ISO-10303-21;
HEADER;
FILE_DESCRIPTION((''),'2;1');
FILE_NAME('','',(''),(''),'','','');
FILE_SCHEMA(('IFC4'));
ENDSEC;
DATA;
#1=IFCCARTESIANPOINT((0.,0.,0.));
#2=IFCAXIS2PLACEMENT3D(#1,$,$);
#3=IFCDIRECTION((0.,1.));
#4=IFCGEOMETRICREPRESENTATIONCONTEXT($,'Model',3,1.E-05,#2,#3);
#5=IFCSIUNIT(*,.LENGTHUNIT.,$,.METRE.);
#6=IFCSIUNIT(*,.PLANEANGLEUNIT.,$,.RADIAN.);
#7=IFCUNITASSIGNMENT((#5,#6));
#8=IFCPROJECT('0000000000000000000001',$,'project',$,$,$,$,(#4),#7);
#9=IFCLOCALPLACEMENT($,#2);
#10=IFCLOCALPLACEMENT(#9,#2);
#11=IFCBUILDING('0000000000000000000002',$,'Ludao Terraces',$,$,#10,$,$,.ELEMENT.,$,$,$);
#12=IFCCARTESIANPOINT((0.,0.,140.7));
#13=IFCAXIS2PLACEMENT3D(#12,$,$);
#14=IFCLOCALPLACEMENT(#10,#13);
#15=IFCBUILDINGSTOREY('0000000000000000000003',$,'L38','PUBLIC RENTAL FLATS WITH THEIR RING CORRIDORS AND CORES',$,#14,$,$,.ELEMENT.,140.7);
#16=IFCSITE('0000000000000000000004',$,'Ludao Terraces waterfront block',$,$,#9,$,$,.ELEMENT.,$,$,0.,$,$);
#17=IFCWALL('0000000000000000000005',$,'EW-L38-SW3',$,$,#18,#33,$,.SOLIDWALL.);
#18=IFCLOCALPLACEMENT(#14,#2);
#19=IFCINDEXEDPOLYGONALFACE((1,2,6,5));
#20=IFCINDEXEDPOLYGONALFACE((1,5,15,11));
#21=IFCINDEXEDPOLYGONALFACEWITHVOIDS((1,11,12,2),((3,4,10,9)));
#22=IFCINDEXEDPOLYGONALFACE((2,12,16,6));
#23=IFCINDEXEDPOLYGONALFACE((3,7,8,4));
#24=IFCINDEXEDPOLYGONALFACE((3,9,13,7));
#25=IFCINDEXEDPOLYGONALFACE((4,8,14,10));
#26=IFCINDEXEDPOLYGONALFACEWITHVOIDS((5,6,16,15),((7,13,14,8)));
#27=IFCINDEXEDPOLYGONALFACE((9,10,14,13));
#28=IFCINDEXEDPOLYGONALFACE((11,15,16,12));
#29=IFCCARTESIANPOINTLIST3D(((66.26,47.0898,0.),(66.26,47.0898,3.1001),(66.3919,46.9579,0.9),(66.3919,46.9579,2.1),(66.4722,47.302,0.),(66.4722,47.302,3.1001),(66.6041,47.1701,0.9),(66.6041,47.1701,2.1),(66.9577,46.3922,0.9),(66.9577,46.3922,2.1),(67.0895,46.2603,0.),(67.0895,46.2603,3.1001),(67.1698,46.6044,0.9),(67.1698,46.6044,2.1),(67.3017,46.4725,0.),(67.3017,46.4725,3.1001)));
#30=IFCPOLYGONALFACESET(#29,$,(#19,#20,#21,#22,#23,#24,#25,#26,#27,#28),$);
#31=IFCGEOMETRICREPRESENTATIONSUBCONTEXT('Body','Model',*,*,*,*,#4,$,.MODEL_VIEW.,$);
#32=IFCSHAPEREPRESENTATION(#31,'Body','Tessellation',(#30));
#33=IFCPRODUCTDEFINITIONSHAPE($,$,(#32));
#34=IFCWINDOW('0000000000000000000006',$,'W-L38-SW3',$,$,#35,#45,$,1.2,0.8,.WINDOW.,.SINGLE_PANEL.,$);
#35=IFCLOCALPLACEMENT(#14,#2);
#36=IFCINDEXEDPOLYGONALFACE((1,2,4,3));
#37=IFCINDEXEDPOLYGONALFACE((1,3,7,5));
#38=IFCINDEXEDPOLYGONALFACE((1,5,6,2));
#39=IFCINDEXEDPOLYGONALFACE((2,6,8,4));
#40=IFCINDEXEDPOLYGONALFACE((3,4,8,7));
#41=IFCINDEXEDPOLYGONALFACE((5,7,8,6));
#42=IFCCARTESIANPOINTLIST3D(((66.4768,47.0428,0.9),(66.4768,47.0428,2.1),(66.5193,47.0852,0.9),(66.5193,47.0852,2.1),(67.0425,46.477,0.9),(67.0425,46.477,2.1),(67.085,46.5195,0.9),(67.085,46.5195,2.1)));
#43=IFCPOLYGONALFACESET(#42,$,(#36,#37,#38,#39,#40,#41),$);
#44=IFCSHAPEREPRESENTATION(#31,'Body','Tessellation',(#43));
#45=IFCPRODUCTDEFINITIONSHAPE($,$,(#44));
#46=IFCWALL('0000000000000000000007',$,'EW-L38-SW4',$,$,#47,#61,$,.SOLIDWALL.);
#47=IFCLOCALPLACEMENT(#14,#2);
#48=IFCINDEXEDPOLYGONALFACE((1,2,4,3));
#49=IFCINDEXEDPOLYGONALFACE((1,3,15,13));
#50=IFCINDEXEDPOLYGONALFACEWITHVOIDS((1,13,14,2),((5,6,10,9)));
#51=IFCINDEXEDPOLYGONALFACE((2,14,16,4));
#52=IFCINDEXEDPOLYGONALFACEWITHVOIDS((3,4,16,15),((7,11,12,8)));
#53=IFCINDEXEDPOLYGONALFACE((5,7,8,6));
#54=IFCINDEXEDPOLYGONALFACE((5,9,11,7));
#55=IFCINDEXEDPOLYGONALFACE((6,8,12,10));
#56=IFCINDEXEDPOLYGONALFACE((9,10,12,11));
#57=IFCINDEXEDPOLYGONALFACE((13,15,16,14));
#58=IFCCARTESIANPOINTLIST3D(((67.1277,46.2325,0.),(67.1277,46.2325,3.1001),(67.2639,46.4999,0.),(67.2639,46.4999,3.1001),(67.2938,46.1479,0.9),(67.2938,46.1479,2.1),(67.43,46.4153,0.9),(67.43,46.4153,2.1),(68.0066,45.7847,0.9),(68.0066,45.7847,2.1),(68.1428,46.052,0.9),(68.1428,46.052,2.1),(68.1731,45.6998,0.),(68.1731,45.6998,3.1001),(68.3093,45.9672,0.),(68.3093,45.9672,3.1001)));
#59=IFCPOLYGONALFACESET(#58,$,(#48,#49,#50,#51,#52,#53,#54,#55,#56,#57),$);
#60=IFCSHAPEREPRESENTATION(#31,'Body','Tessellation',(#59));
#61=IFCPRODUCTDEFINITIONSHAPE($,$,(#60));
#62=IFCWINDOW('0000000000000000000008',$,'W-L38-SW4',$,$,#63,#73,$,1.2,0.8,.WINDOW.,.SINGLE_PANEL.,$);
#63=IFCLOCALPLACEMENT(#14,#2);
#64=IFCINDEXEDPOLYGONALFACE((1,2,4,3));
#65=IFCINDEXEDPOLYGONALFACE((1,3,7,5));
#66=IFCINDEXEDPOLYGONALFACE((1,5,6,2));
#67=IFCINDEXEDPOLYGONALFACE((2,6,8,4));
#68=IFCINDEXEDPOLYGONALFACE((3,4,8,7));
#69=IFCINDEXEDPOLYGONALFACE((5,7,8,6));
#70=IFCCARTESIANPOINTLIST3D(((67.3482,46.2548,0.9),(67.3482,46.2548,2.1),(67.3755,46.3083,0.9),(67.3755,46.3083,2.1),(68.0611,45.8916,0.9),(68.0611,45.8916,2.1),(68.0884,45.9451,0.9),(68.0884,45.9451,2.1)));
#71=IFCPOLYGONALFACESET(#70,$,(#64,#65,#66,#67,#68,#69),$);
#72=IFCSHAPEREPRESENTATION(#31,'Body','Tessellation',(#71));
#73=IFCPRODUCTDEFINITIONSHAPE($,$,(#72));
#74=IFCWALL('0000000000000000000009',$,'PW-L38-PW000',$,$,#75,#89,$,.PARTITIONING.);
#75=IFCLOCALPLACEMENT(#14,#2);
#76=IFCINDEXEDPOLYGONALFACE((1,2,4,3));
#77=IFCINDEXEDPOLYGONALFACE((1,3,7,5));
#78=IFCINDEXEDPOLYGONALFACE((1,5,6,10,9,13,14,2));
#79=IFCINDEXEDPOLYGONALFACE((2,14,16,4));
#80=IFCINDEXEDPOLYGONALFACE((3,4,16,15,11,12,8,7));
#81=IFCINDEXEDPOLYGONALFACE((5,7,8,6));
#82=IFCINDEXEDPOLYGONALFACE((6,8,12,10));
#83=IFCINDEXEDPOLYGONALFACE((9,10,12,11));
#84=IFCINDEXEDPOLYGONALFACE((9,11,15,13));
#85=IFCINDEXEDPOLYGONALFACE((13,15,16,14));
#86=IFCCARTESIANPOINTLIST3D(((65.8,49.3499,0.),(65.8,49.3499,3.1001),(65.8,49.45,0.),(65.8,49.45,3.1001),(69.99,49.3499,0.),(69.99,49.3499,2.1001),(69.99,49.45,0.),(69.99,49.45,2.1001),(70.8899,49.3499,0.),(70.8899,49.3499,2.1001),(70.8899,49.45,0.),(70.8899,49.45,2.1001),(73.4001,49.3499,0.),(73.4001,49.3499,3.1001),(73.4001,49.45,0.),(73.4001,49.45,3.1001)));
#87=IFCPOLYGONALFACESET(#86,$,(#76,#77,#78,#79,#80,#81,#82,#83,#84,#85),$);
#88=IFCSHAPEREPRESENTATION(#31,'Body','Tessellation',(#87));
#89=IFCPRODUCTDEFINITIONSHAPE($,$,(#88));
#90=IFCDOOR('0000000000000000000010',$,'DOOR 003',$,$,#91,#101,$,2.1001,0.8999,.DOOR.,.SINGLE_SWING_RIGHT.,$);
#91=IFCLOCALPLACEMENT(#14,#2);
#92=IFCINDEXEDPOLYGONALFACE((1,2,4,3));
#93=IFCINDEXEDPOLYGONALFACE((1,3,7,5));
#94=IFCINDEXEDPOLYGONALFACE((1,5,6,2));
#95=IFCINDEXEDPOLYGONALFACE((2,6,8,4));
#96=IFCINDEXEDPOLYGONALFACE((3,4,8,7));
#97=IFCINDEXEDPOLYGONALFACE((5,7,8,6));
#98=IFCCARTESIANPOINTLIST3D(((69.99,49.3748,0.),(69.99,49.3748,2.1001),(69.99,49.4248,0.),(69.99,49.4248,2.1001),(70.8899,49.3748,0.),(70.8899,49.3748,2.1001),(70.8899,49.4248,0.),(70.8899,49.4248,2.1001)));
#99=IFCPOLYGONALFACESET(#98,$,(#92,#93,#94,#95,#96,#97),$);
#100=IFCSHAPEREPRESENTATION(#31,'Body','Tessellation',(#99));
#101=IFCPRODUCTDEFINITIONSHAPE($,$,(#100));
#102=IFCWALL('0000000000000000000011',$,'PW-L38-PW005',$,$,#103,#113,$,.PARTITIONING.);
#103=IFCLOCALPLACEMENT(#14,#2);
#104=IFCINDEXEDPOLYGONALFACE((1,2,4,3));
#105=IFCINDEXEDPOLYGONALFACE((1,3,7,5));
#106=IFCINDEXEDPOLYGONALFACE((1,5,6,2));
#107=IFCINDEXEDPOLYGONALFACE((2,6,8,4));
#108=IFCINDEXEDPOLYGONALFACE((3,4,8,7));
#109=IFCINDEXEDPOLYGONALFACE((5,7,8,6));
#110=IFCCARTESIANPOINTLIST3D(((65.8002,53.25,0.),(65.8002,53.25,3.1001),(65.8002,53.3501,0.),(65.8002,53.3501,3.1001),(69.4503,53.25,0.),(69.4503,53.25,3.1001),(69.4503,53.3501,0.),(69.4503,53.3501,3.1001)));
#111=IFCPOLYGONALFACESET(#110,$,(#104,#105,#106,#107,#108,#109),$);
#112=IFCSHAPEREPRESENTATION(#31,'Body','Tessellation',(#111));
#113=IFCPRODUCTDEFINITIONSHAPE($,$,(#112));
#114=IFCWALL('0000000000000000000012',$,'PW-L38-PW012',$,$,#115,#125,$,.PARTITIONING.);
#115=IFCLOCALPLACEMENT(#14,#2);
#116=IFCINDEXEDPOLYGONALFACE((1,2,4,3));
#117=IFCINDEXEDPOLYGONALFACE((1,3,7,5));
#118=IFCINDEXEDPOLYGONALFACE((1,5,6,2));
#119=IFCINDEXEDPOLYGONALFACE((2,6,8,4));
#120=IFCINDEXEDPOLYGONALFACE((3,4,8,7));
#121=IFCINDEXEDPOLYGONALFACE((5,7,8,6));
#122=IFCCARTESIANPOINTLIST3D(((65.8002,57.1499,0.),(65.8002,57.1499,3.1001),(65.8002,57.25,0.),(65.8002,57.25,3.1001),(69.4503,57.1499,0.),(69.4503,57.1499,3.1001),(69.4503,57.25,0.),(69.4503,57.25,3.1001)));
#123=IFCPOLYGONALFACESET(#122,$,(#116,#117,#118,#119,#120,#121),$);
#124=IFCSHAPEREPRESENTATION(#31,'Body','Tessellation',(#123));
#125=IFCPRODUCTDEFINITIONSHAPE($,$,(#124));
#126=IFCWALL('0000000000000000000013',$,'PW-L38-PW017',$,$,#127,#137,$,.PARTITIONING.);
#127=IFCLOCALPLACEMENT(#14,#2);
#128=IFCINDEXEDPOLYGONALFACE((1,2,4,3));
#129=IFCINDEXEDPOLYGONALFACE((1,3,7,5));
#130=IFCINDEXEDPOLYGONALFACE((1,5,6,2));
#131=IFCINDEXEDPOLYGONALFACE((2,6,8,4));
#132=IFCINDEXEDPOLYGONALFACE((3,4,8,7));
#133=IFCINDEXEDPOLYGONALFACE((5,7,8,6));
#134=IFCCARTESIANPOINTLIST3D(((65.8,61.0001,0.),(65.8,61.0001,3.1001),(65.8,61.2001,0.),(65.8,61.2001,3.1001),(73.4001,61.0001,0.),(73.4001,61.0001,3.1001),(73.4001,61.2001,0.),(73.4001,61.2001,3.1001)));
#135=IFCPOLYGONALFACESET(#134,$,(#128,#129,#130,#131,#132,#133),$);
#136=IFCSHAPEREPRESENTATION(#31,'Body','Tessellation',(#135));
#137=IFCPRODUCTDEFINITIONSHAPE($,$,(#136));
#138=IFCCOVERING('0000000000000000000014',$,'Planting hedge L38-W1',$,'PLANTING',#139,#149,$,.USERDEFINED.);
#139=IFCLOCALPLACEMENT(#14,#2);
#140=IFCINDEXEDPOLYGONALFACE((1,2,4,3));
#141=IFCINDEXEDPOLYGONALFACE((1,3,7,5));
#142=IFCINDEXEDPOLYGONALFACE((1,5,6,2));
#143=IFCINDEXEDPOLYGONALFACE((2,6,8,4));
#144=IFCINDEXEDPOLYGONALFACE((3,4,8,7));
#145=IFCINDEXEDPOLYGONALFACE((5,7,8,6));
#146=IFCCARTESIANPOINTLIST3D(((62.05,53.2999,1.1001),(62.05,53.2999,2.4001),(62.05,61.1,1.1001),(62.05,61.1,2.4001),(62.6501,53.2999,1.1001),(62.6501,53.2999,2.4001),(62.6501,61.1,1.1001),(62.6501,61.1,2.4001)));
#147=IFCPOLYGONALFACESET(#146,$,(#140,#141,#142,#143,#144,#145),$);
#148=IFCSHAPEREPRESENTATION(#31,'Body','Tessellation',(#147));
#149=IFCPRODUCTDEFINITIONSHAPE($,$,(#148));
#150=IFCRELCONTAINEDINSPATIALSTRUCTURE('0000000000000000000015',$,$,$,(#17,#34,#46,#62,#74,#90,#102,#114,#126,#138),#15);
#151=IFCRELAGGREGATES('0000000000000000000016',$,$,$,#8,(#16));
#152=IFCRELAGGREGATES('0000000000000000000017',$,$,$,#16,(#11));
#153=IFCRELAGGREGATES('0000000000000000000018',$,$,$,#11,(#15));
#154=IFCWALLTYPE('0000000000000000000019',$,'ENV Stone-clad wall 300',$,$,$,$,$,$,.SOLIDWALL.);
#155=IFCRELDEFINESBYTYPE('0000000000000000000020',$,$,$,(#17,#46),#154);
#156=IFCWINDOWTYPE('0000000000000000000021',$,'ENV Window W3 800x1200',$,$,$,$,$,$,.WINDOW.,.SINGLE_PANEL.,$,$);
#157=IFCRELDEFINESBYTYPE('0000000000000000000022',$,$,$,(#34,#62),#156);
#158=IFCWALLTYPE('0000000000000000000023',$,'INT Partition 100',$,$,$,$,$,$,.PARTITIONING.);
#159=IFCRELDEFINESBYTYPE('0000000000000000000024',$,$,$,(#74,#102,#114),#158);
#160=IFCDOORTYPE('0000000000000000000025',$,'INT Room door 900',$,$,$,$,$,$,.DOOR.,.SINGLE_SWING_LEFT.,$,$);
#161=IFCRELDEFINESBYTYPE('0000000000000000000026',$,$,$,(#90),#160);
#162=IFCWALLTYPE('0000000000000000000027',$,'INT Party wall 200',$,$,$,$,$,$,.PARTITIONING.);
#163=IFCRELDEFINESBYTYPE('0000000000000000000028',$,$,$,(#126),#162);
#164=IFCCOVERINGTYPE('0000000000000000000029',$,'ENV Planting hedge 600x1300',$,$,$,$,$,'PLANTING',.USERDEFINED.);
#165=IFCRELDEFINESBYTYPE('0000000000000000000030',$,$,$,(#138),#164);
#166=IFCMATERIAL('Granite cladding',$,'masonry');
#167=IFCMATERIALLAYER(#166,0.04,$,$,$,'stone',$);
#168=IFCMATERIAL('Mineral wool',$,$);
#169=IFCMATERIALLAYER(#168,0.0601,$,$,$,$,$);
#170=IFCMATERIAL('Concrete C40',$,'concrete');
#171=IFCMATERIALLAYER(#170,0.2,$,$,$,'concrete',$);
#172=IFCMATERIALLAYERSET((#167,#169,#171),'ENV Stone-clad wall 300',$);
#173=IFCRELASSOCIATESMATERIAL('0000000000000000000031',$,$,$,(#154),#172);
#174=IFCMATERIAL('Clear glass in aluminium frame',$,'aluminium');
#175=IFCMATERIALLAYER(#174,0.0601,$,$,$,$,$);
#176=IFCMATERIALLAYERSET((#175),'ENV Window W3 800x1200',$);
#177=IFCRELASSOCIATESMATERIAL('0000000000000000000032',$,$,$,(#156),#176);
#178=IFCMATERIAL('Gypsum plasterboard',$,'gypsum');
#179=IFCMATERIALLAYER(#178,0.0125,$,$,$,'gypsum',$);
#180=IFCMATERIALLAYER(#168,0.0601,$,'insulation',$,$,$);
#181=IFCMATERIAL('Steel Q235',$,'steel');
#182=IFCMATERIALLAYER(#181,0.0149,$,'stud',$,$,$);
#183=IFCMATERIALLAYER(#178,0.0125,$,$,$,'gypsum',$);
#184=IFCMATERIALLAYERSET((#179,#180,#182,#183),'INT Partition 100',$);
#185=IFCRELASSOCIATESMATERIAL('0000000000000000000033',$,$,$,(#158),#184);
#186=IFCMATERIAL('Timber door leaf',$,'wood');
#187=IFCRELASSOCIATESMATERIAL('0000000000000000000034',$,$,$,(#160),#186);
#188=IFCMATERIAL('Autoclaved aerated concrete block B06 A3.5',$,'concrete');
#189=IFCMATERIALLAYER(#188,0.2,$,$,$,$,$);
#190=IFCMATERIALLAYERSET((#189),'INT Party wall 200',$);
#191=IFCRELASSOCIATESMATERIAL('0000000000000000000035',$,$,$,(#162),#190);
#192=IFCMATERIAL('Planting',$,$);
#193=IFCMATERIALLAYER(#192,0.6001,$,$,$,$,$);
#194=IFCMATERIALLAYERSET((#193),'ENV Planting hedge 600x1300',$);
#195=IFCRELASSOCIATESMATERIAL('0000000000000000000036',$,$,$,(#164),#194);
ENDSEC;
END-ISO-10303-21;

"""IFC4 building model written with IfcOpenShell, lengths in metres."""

from ifc_helpers import new_model, si_unit, direction, frame, frame_2d, origin, origin_2d, place, context, subcontext, project, spatial, rectangle, extrude, material, layer, layer_set, type_object, element, fill, save


model = new_model("IFC4")

# Units and contexts
model_context = context("Model", 3, precision=1e-05, world=origin(), true_north=direction((0.0, 1.0)))
body_context = subcontext(model_context, "Body", "Model", "MODEL_VIEW")
ifc_project = project(units=[si_unit("LENGTHUNIT", "METRE"), si_unit("PLANEANGLEUNIT", "RADIAN")], contexts=[model_context])

# Site, building, storey
site_placement = place(None, origin())
site = spatial("IfcSite", under=ifc_project, at=site_placement, Name="Ludao Terraces waterfront block", CompositionType="ELEMENT", RefElevation=0.0)
building_placement = place(site_placement, origin())
building = spatial("IfcBuilding", under=site, at=building_placement, Name="Ludao Terraces", CompositionType="ELEMENT")
storey_placement = place(building_placement, frame((0.0, 0.0, 140.7)))
storey = spatial("IfcBuildingStorey", under=building, at=storey_placement, Name="L38", Description="PUBLIC RENTAL FLATS WITH THEIR RING CORRIDORS AND CORES", CompositionType="ELEMENT", Elevation=140.7)

# Shared definitions
ifc_material_1 = material(Name="Concrete C40", Category="concrete")

# Shared definitions
ifc_material_2 = material(Name="Granite cladding", Category="masonry")
ifc_layer_1 = layer(ifc_material_2, 0.04, Category="stone")
ifc_material_3 = material(Name="Mineral wool")
ifc_layer_2 = layer(ifc_material_3, 0.0601)
ifc_layer_3 = layer(ifc_material_1, 0.2, Category="concrete")
ifc_layer_set_1 = layer_set([ifc_layer_1, ifc_layer_2, ifc_layer_3], Name="ENV Stone-clad wall 300")
wall_type_1 = type_object("IfcWallType", Name="ENV Stone-clad wall 300", PredefinedType="SOLIDWALL", material=ifc_layer_set_1)
ifc_material_4 = material(Name="Clear glass in aluminium frame", Category="aluminium")

# Walls, openings, windows
ifc_layer_4 = layer(ifc_material_4, 0.0601)
ifc_layer_set_2 = layer_set([ifc_layer_4], Name="ENV Window W3 800x1200")
window_type_1 = type_object("IfcWindowType", Name="ENV Window W3 800x1200", PartitioningType="SINGLE_PANEL", PredefinedType="WINDOW", material=ifc_layer_set_2)
wall_1_placement = place(storey_placement, frame((66.3662, 47.1958, 0.0), z_axis=(0.0, 0.0, 1.0), x_axis=(0.707107, -0.707107, 0.0)))
wall_1 = element("IfcWall", 1, at=wall_1_placement, inside=storey, type_object=wall_type_1, Name="EW-L38-SW3", PredefinedType="SOLIDWALL", context=body_context, shape_type="SweptSolid", body=[
    extrude(rectangle(XDim=1.1731, YDim=0.3, at=frame_2d((0.5864, 0.0))), origin(), (0.0, 0.0, 1.0), 3.1001),
])
opening_1_placement = place(wall_1_placement, frame((0.1865, 0.0, 0.8999)))
opening_1 = element("IfcOpeningElement", 2, at=opening_1_placement, cuts=wall_1, PredefinedType="OPENING", context=body_context, shape_type="SweptSolid", body=[
    extrude(rectangle(XDim=0.8, YDim=1.2, at=frame_2d((0.3999, 0.6001))), frame((0.0, 0.1602, 0.0), z_axis=(0.0, -1.0, 0.0), x_axis=(1.0, 0.0, 0.0)), (0.0, 0.0, 1.0), 0.3201),
])
window_1_placement = place(opening_1_placement, origin())
window_1 = element("IfcWindow", 3, at=window_1_placement, inside=storey, type_object=window_type_1, Name="W-L38-SW3", OverallHeight=1.2, OverallWidth=0.8, PartitioningType="SINGLE_PANEL", PredefinedType="WINDOW", context=body_context, shape_type="SweptSolid", body=[
    extrude(rectangle(XDim=0.8, YDim=1.2, at=frame_2d((0.3999, 0.6001))), frame((0.0, 0.03, 0.0), z_axis=(0.0, -1.0, 0.0), x_axis=(1.0, 0.0, 0.0)), (0.0, 0.0, 1.0), 0.0601),
])
fill(opening_1, window_1)
wall_2_placement = place(storey_placement, frame((67.1958, 46.3662, 0.0), z_axis=(0.0, 0.0, 1.0), x_axis=(0.890989, -0.454026, 0.0)))
wall_2 = element("IfcWall", 4, at=wall_2_placement, inside=storey, type_object=wall_type_1, Name="EW-L38-SW4", PredefinedType="SOLIDWALL", context=body_context, shape_type="SweptSolid", body=[
    extrude(rectangle(XDim=1.1733, YDim=0.3, at=frame_2d((0.5867, 0.0))), origin(), (0.0, 0.0, 1.0), 3.1001),
])
opening_2_placement = place(wall_2_placement, frame((0.1865, 0.0, 0.8999)))
opening_2 = element("IfcOpeningElement", 5, at=opening_2_placement, cuts=wall_2, PredefinedType="OPENING", context=body_context, shape_type="SweptSolid", body=[
    extrude(rectangle(XDim=0.8, YDim=1.2, at=frame_2d((0.3999, 0.6001))), frame((0.0, 0.1602, 0.0), z_axis=(0.0, -1.0, 0.0), x_axis=(1.0, 0.0, 0.0)), (0.0, 0.0, 1.0), 0.3201),
])
window_2_placement = place(opening_2_placement, origin())
window_2 = element("IfcWindow", 6, at=window_2_placement, inside=storey, type_object=window_type_1, Name="W-L38-SW4", OverallHeight=1.2, OverallWidth=0.8, PartitioningType="SINGLE_PANEL", PredefinedType="WINDOW", context=body_context, shape_type="SweptSolid", body=[
    extrude(rectangle(XDim=0.8, YDim=1.2, at=frame_2d((0.3999, 0.6001))), frame((0.0, 0.03, 0.0), z_axis=(0.0, -1.0, 0.0), x_axis=(1.0, 0.0, 0.0)), (0.0, 0.0, 1.0), 0.0601),
])
fill(opening_2, window_2)

# Wall, opening, door
ifc_material_5 = material(Name="Gypsum plasterboard", Category="gypsum")
ifc_layer_5 = layer(ifc_material_5, 0.0125, Category="gypsum")
ifc_layer_6 = layer(ifc_material_3, 0.0601, Name="insulation")
ifc_material_6 = material(Name="Steel Q235", Category="steel")
ifc_layer_7 = layer(ifc_material_6, 0.0149, Name="stud")
ifc_layer_8 = layer(ifc_material_5, 0.0125, Category="gypsum")
ifc_layer_set_3 = layer_set([ifc_layer_5, ifc_layer_6, ifc_layer_7, ifc_layer_8], Name="INT Partition 100")
wall_type_2 = type_object("IfcWallType", Name="INT Partition 100", PredefinedType="PARTITIONING", material=ifc_layer_set_3)
wall_3_placement = place(storey_placement, frame((65.8, 49.3999, 0.0), z_axis=(0.0, 0.0, 1.0), x_axis=(1.0, 0.0, 0.0)))
wall_3 = element("IfcWall", 7, at=wall_3_placement, inside=storey, type_object=wall_type_2, Name="PW-L38-PW000", PredefinedType="PARTITIONING", context=body_context, shape_type="SweptSolid", body=[
    extrude(rectangle(XDim=7.6001, YDim=0.1001, at=frame_2d((3.8, 0.0))), origin(), (0.0, 0.0, 1.0), 3.1001),
])
opening_3_placement = place(wall_3_placement, frame((4.1899, 0.0, 0.0)))
opening_3 = element("IfcOpeningElement", 8, at=opening_3_placement, cuts=wall_3, PredefinedType="OPENING", context=body_context, shape_type="SweptSolid", body=[
    extrude(rectangle(XDim=0.8999, YDim=2.1001, at=frame_2d((0.45, 1.05))), frame((0.0, 0.0601, 0.0), z_axis=(0.0, -1.0, 0.0), x_axis=(1.0, 0.0, 0.0)), (0.0, 0.0, 1.0), 0.1201),
])
ifc_material_7 = material(Name="Timber door leaf", Category="wood")
door_type_1 = type_object("IfcDoorType", Name="INT Room door 900", OperationType="SINGLE_SWING_LEFT", PredefinedType="DOOR", material=ifc_material_7)
door_1_placement = place(opening_3_placement, origin())
door_1 = element("IfcDoor", 9, at=door_1_placement, inside=storey, type_object=door_type_1, Name="DOOR 003", OperationType="SINGLE_SWING_RIGHT", OverallHeight=2.1001, OverallWidth=0.8999, PredefinedType="DOOR", context=body_context, shape_type="SweptSolid", body=[
    extrude(rectangle(XDim=0.8999, YDim=2.1001, at=frame_2d((0.45, 1.05))), frame((0.0, 0.0249, 0.0), z_axis=(0.0, -1.0, 0.0), x_axis=(1.0, 0.0, 0.0)), (0.0, 0.0, 1.0), 0.05),
])
fill(opening_3, door_1)

# Walls
for number, where, z_axis, x_axis, name in (
    (10, (65.8, 53.3, 0.0), (0.0, 0.0, 1.0), (1.0, 0.0, 0.0), "PW-L38-PW005"),
    (11, (65.8, 57.2, 0.0), (0.0, 0.0, 1.0), (1.0, 0.0, 0.0), "PW-L38-PW012"),
):
    element("IfcWall", number, at=place(storey_placement, frame(where, z_axis=z_axis, x_axis=x_axis)), inside=storey, type_object=wall_type_2, Name=name, PredefinedType="PARTITIONING", context=body_context, shape_type="SweptSolid", body=[
        extrude(rectangle(XDim=3.6501, YDim=0.1001, at=frame_2d((1.8252, 0.0))), origin(), (0.0, 0.0, 1.0), 3.1001),
    ])
ifc_material_8 = material(Name="Autoclaved aerated concrete block B06 A3.5", Category="concrete")
ifc_layer_9 = layer(ifc_material_8, 0.2)
ifc_layer_set_4 = layer_set([ifc_layer_9], Name="INT Party wall 200")
wall_type_3 = type_object("IfcWallType", Name="INT Party wall 200", PredefinedType="PARTITIONING", material=ifc_layer_set_4)
wall_4_placement = place(storey_placement, frame((65.8, 61.1001, 0.0), z_axis=(0.0, 0.0, 1.0), x_axis=(1.0, 0.0, 0.0)))
element("IfcWall", 12, at=wall_4_placement, inside=storey, type_object=wall_type_3, Name="PW-L38-PW017", PredefinedType="PARTITIONING", context=body_context, shape_type="SweptSolid", body=[
    extrude(rectangle(XDim=7.6001, YDim=0.2, at=frame_2d((3.8, 0.0))), origin(), (0.0, 0.0, 1.0), 3.1001),
])

# Covering
ifc_material_9 = material(Name="Planting")
ifc_layer_10 = layer(ifc_material_9, 0.6001)
ifc_layer_set_5 = layer_set([ifc_layer_10], Name="ENV Planting hedge 600x1300")
covering_type = type_object("IfcCoveringType", Name="ENV Planting hedge 600x1300", ElementType="PLANTING", PredefinedType="USERDEFINED", material=ifc_layer_set_5)
covering_placement = place(storey_placement, frame((62.3501, 57.2, 1.1001), z_axis=(0.0, 0.0, 1.0), x_axis=(1.0, 0.0, 0.0)))
element("IfcCovering", 13, at=covering_placement, inside=storey, type_object=covering_type, Name="Planting hedge L38-W1", ObjectType="PLANTING", PredefinedType="USERDEFINED", context=body_context, shape_type="SweptSolid", body=[
    extrude(rectangle(XDim=0.6001, YDim=7.8, at=origin_2d()), origin(), (0.0, 0.0, 1.0), 1.3),
])

save(model, "model.ifc")
